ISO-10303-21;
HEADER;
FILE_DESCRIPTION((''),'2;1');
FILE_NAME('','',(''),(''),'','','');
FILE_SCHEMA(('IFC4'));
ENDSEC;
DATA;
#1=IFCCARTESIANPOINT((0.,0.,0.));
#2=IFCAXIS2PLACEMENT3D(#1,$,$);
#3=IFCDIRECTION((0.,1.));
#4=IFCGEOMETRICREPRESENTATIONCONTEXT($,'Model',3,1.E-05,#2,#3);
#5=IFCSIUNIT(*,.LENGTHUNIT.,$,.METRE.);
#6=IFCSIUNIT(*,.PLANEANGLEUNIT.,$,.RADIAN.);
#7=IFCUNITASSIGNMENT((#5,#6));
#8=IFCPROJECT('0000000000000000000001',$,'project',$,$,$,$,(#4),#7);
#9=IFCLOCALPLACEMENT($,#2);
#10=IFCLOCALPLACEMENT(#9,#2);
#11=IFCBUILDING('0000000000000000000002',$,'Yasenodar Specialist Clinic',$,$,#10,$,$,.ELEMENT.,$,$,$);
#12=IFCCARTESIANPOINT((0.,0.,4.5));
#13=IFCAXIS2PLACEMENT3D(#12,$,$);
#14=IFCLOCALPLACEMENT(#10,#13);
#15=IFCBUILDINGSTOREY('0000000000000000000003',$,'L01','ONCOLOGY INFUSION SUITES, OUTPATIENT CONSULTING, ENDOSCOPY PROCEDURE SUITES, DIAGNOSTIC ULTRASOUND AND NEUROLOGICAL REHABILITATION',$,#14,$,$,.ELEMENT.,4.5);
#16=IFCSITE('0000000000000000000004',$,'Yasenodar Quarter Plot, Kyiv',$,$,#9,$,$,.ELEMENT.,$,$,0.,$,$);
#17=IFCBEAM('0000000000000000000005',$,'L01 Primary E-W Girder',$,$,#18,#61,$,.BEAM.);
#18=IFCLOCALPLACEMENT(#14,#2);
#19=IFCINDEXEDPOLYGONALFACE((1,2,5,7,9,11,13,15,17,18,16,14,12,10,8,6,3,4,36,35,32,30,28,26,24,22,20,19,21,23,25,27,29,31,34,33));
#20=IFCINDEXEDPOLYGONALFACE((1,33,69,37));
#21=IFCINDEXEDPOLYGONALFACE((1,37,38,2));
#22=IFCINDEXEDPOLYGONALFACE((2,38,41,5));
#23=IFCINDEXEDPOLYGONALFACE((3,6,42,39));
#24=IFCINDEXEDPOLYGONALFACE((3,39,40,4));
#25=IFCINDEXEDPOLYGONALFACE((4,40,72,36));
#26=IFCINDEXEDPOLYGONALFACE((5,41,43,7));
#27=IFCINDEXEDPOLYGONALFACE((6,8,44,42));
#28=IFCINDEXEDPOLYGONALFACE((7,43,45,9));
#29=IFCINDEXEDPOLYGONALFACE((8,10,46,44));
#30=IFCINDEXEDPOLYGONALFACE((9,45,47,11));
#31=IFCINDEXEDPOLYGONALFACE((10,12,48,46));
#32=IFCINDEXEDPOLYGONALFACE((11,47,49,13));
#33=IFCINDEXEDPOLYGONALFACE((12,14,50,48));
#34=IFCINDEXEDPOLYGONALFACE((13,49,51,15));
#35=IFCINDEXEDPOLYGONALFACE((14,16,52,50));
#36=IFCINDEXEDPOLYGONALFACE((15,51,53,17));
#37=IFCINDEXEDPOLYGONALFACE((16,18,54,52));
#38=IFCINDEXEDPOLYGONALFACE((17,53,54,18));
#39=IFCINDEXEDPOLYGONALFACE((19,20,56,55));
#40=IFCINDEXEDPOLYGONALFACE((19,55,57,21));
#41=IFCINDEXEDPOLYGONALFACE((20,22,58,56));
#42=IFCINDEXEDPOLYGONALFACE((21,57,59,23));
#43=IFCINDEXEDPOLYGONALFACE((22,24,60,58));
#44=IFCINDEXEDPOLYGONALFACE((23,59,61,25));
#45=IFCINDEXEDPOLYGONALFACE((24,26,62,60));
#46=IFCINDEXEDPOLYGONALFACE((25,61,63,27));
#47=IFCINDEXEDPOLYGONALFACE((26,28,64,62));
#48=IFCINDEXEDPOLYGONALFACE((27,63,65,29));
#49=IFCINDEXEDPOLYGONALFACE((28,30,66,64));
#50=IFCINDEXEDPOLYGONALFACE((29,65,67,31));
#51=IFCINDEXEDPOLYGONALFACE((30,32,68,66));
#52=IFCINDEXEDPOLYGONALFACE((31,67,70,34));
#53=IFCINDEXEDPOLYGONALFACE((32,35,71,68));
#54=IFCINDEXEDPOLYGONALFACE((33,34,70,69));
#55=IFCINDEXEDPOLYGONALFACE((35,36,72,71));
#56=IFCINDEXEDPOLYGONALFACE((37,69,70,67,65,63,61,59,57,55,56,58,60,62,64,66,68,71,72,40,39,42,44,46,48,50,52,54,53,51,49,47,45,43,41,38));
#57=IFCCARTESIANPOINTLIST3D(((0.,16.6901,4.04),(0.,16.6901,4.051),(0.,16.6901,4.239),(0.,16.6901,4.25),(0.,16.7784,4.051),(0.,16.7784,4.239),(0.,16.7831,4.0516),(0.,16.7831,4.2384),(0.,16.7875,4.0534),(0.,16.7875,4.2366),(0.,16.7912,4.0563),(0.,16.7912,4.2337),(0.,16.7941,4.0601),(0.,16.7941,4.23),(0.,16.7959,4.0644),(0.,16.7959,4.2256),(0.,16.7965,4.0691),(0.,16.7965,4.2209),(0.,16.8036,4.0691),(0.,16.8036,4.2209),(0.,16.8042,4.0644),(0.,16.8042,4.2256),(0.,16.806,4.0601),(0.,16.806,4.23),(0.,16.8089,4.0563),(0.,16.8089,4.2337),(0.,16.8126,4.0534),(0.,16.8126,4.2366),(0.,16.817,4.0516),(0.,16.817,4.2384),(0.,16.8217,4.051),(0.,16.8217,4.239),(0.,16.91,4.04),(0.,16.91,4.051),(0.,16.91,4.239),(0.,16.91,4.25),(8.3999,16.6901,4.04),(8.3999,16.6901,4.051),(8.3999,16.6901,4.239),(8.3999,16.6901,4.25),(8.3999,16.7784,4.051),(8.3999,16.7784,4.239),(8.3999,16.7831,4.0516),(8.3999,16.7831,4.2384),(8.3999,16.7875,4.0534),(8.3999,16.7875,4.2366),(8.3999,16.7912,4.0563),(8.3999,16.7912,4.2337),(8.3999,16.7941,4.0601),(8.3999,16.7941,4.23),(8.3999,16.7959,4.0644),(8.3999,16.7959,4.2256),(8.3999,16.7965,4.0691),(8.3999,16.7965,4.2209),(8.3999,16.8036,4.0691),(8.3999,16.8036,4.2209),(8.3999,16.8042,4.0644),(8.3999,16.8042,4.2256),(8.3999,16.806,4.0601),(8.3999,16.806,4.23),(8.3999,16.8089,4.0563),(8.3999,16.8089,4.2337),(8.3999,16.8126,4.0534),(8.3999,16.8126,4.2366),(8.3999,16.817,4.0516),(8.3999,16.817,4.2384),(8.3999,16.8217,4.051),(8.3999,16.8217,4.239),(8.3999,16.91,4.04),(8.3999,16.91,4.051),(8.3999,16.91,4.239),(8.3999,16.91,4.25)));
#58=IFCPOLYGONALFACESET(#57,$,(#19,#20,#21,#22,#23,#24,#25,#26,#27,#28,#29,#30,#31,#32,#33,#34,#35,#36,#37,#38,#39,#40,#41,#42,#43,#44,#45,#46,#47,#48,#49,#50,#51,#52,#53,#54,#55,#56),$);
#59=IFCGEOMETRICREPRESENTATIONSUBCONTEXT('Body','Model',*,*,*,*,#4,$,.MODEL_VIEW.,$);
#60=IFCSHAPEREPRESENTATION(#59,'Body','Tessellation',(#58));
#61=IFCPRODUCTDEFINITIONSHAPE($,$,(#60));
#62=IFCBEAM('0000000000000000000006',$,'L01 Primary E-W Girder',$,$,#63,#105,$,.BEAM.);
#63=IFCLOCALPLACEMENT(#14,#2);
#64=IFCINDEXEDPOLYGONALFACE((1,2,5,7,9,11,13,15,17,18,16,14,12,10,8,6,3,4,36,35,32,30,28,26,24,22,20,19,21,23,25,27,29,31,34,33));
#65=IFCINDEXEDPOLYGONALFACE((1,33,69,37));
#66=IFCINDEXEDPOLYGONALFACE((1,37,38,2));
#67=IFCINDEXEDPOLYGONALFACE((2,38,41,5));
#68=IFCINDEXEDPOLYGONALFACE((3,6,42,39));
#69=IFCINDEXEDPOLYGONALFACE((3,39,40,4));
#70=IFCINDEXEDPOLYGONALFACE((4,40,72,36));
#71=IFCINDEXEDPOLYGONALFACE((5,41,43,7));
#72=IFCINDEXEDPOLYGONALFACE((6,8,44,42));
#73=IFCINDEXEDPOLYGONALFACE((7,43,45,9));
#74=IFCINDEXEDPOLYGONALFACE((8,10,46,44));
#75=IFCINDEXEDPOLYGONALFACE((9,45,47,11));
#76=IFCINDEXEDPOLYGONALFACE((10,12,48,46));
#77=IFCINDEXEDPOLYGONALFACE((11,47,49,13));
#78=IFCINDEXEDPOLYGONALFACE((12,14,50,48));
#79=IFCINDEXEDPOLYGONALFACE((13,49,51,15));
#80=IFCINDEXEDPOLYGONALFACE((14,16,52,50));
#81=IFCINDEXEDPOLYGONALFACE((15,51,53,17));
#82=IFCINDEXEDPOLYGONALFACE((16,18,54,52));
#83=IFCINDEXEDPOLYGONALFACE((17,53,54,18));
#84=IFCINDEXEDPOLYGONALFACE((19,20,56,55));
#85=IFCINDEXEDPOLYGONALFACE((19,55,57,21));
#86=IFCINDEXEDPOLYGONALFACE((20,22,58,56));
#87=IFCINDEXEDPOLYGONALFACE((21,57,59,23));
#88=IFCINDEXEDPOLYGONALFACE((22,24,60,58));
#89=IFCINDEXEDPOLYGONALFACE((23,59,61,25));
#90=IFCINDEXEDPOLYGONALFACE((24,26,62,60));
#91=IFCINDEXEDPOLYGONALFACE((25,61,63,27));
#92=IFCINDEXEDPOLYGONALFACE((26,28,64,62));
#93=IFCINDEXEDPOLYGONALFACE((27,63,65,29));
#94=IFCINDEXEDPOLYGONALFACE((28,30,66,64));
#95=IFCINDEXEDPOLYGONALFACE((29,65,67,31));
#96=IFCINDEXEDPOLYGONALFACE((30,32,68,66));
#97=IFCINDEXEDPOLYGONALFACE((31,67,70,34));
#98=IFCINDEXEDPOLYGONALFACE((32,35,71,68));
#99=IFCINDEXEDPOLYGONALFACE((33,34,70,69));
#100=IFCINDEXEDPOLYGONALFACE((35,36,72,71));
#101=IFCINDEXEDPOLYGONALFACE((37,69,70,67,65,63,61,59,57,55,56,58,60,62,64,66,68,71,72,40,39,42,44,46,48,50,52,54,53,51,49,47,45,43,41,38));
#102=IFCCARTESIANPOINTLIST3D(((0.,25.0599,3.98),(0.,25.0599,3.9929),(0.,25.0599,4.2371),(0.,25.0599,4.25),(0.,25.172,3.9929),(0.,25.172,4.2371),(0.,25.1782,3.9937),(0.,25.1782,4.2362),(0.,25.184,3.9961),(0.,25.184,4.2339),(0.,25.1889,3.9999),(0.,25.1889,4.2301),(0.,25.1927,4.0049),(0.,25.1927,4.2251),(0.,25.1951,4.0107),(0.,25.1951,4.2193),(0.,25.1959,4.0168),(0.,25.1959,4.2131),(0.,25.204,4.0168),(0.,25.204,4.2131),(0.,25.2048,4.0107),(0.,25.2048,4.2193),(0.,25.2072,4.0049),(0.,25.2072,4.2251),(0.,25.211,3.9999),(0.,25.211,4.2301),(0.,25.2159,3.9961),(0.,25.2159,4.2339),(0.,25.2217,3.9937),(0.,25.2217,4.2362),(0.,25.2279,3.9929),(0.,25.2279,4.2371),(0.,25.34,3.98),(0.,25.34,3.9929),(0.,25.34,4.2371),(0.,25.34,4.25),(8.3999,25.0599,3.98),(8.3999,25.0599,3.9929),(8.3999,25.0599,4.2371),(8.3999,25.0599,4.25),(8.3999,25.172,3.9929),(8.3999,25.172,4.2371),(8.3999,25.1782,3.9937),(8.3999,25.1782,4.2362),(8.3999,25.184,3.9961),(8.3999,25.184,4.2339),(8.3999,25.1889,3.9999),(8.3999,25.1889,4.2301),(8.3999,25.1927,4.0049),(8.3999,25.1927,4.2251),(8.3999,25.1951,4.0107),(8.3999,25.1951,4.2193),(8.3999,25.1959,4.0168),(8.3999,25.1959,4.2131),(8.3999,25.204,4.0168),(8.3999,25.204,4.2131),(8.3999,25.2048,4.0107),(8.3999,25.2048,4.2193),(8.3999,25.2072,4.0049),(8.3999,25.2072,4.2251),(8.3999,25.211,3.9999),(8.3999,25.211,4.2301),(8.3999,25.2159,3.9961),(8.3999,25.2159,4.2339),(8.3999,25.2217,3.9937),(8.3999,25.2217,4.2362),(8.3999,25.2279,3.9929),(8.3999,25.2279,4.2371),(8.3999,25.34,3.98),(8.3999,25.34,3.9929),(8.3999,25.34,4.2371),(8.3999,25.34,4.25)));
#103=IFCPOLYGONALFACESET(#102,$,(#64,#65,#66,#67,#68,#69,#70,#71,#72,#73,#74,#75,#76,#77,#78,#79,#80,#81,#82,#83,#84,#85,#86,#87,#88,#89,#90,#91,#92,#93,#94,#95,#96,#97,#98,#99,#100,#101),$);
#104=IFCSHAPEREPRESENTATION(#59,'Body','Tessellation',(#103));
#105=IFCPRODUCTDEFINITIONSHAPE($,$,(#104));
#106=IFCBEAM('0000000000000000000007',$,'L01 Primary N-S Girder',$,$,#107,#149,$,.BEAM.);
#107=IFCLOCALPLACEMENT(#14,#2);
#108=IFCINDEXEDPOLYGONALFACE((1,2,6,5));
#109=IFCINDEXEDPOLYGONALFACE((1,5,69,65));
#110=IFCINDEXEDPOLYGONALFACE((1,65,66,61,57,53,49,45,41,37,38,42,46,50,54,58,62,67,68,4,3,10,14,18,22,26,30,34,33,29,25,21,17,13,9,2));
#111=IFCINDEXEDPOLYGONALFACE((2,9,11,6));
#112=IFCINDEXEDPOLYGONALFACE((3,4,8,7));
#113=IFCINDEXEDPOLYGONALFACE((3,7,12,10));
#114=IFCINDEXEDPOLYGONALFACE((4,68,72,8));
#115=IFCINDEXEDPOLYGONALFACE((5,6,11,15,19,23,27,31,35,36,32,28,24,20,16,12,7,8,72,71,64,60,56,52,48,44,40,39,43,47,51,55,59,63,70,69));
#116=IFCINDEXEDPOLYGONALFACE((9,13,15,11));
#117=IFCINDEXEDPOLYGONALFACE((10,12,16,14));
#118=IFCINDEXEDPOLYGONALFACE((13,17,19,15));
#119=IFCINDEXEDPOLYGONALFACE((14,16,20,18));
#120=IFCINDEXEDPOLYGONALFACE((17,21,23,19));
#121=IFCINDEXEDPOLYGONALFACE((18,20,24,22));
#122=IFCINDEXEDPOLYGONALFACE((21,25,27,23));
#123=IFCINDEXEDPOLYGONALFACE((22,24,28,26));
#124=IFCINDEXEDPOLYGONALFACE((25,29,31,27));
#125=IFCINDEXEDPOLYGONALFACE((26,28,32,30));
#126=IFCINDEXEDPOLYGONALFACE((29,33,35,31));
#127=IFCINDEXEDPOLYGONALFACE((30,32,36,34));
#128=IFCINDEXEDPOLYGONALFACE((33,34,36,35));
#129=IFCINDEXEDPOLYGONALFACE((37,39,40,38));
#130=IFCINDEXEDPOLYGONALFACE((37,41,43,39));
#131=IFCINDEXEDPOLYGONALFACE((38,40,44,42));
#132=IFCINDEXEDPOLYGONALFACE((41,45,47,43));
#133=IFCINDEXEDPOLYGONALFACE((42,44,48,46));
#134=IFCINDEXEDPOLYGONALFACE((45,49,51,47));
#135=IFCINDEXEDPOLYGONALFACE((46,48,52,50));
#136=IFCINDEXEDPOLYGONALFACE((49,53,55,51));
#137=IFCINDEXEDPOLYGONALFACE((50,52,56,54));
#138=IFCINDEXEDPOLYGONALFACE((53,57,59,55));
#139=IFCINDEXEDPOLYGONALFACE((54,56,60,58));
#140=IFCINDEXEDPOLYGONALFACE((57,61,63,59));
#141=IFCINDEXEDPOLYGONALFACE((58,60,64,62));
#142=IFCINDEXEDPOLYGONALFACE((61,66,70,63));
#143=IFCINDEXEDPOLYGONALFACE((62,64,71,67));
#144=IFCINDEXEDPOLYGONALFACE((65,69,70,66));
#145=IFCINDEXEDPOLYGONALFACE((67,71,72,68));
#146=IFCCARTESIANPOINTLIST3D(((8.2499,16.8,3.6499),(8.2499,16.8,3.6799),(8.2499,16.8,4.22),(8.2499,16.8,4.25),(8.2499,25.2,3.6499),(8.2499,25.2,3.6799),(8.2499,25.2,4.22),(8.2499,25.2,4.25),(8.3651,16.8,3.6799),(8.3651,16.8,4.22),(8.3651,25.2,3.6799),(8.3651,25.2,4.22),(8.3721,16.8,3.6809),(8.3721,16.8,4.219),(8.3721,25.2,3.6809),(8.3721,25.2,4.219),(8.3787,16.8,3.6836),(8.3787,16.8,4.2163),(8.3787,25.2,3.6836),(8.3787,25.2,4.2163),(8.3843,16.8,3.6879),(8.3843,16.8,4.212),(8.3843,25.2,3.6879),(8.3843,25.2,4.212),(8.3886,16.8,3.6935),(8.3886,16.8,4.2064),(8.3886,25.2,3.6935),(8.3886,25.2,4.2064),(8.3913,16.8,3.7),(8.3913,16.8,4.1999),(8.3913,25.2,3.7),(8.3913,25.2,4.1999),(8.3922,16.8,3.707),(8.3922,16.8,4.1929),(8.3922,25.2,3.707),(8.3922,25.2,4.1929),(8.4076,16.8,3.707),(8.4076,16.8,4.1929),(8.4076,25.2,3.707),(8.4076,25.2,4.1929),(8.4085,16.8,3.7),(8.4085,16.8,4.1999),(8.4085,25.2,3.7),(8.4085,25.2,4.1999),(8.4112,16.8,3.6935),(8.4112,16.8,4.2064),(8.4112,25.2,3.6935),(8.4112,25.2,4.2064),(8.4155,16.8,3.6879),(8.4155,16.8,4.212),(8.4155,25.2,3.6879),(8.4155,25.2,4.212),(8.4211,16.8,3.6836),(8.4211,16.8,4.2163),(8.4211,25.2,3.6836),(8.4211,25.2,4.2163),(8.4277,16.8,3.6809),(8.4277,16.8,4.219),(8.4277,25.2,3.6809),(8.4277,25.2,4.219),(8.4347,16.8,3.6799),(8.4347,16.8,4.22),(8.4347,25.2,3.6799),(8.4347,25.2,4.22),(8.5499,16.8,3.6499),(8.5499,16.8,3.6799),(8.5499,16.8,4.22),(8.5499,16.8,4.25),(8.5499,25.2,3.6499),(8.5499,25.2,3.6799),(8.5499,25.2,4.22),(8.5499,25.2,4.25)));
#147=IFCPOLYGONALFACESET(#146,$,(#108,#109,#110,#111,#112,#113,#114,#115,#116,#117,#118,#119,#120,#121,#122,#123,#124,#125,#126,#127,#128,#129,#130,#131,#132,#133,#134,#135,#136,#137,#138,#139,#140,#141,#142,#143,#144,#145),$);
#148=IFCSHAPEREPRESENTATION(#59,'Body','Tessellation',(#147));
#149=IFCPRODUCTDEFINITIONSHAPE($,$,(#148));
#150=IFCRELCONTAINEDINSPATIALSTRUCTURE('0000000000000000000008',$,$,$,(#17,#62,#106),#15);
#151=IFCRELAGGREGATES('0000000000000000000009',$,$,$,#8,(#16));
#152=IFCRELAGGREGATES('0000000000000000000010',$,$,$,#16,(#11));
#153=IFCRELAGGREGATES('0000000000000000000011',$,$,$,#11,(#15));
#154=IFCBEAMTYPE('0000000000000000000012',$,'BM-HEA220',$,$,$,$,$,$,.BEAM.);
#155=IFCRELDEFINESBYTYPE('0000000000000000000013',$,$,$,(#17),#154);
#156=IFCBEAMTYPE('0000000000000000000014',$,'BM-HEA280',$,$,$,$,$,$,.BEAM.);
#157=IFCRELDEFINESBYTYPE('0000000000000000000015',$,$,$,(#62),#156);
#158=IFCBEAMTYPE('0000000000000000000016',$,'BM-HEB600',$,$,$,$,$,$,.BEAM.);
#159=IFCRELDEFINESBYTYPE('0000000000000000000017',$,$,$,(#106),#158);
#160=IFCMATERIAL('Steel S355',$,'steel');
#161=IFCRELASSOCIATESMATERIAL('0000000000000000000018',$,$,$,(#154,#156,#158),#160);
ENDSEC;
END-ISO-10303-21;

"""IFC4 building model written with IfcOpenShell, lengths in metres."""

from ifc_helpers import new_model, si_unit, direction, frame, origin, origin_2d, place, context, subcontext, project, spatial, i_section, extrude, material, material_profile, profile_set, type_object, element, save


model = new_model("IFC4")

# Units and contexts
model_context = context("Model", 3, precision=1e-05, world=origin(), true_north=direction((0.0, 1.0)))
body_context = subcontext(model_context, "Body", "Model", "MODEL_VIEW")
ifc_project = project(units=[si_unit("LENGTHUNIT", "METRE"), si_unit("PLANEANGLEUNIT", "RADIAN")], contexts=[model_context])

# Site, building, storey
site_placement = place(None, origin())
site = spatial("IfcSite", under=ifc_project, at=site_placement, Name="Yasenodar Quarter Plot, Kyiv", CompositionType="ELEMENT", RefElevation=0.0)
building_placement = place(site_placement, origin())
building = spatial("IfcBuilding", under=site, at=building_placement, Name="Yasenodar Specialist Clinic", CompositionType="ELEMENT")
storey_placement = place(building_placement, frame((0.0, 0.0, 4.5)))
storey = spatial("IfcBuildingStorey", under=building, at=storey_placement, Name="L01", Description="ONCOLOGY INFUSION SUITES, OUTPATIENT CONSULTING, ENDOSCOPY PROCEDURE SUITES, DIAGNOSTIC ULTRASOUND AND NEUROLOGICAL REHABILITATION", CompositionType="ELEMENT", Elevation=4.5)

# Shared definitions
ifc_material_1 = material(Name="Steel S355", Category="steel")

# Beams
ifc_material_profile_1 = material_profile(ifc_material_1, i_section(OverallWidth=0.22, OverallDepth=0.21, WebThickness=0.0071, FlangeThickness=0.011, FilletRadius=0.0181, at=origin_2d()), Name="HEA 220")
ifc_profile_set_1 = profile_set([ifc_material_profile_1], Name="Steel S355")
beam_type_1 = type_object("IfcBeamType", Name="BM-HEA220", PredefinedType="BEAM", material=ifc_profile_set_1)
for number, where, z_axis, x_axis, name in (
    (1, (0.0, 16.8, 4.145), (1.0, 0.0, 0.0), (0.0, 1.0, 0.0), "L01 Primary E-W Girder"),
):
    element("IfcBeam", number, at=place(storey_placement, frame(where, z_axis=z_axis, x_axis=x_axis)), inside=storey, type_object=beam_type_1, Name=name, PredefinedType="BEAM", context=body_context, shape_type="SweptSolid", body=[
        extrude(i_section(OverallWidth=0.22, OverallDepth=0.21, WebThickness=0.0071, FlangeThickness=0.011, FilletRadius=0.0181, at=origin_2d()), origin(), (0.0, 0.0, 1.0), 8.3999),
    ])
ifc_material_profile_2 = material_profile(ifc_material_1, i_section(OverallWidth=0.28, OverallDepth=0.27, WebThickness=0.0081, FlangeThickness=0.0129, FilletRadius=0.0239, at=origin_2d()), Name="HEA 280")
ifc_profile_set_2 = profile_set([ifc_material_profile_2], Name="Steel S355")
beam_type_2 = type_object("IfcBeamType", Name="BM-HEA280", PredefinedType="BEAM", material=ifc_profile_set_2)
beam_1_placement = place(storey_placement, frame((0.0, 25.2, 4.115), z_axis=(1.0, 0.0, 0.0), x_axis=(0.0, 1.0, 0.0)))
element("IfcBeam", 2, at=beam_1_placement, inside=storey, type_object=beam_type_2, Name="L01 Primary E-W Girder", PredefinedType="BEAM", context=body_context, shape_type="SweptSolid", body=[
    extrude(i_section(OverallWidth=0.28, OverallDepth=0.27, WebThickness=0.0081, FlangeThickness=0.0129, FilletRadius=0.0239, at=origin_2d()), origin(), (0.0, 0.0, 1.0), 8.3999),
])
ifc_material_profile_3 = material_profile(ifc_material_1, i_section(OverallWidth=0.3, OverallDepth=0.6001, WebThickness=0.0154, FlangeThickness=0.03, FilletRadius=0.0271, at=origin_2d()), Name="HEB 600")
ifc_profile_set_3 = profile_set([ifc_material_profile_3], Name="Steel S355")
beam_type_3 = type_object("IfcBeamType", Name="BM-HEB600", PredefinedType="BEAM", material=ifc_profile_set_3)
beam_2_placement = place(storey_placement, frame((8.3999, 16.8, 3.95), z_axis=(0.0, 1.0, 0.0), x_axis=(-1.0, 0.0, 0.0)))
element("IfcBeam", 3, at=beam_2_placement, inside=storey, type_object=beam_type_3, Name="L01 Primary N-S Girder", PredefinedType="BEAM", context=body_context, shape_type="SweptSolid", body=[
    extrude(i_section(OverallWidth=0.3, OverallDepth=0.6001, WebThickness=0.0154, FlangeThickness=0.03, FilletRadius=0.0271, at=origin_2d()), origin(), (0.0, 0.0, 1.0), 8.3999),
])

save(model, "model.ifc")
